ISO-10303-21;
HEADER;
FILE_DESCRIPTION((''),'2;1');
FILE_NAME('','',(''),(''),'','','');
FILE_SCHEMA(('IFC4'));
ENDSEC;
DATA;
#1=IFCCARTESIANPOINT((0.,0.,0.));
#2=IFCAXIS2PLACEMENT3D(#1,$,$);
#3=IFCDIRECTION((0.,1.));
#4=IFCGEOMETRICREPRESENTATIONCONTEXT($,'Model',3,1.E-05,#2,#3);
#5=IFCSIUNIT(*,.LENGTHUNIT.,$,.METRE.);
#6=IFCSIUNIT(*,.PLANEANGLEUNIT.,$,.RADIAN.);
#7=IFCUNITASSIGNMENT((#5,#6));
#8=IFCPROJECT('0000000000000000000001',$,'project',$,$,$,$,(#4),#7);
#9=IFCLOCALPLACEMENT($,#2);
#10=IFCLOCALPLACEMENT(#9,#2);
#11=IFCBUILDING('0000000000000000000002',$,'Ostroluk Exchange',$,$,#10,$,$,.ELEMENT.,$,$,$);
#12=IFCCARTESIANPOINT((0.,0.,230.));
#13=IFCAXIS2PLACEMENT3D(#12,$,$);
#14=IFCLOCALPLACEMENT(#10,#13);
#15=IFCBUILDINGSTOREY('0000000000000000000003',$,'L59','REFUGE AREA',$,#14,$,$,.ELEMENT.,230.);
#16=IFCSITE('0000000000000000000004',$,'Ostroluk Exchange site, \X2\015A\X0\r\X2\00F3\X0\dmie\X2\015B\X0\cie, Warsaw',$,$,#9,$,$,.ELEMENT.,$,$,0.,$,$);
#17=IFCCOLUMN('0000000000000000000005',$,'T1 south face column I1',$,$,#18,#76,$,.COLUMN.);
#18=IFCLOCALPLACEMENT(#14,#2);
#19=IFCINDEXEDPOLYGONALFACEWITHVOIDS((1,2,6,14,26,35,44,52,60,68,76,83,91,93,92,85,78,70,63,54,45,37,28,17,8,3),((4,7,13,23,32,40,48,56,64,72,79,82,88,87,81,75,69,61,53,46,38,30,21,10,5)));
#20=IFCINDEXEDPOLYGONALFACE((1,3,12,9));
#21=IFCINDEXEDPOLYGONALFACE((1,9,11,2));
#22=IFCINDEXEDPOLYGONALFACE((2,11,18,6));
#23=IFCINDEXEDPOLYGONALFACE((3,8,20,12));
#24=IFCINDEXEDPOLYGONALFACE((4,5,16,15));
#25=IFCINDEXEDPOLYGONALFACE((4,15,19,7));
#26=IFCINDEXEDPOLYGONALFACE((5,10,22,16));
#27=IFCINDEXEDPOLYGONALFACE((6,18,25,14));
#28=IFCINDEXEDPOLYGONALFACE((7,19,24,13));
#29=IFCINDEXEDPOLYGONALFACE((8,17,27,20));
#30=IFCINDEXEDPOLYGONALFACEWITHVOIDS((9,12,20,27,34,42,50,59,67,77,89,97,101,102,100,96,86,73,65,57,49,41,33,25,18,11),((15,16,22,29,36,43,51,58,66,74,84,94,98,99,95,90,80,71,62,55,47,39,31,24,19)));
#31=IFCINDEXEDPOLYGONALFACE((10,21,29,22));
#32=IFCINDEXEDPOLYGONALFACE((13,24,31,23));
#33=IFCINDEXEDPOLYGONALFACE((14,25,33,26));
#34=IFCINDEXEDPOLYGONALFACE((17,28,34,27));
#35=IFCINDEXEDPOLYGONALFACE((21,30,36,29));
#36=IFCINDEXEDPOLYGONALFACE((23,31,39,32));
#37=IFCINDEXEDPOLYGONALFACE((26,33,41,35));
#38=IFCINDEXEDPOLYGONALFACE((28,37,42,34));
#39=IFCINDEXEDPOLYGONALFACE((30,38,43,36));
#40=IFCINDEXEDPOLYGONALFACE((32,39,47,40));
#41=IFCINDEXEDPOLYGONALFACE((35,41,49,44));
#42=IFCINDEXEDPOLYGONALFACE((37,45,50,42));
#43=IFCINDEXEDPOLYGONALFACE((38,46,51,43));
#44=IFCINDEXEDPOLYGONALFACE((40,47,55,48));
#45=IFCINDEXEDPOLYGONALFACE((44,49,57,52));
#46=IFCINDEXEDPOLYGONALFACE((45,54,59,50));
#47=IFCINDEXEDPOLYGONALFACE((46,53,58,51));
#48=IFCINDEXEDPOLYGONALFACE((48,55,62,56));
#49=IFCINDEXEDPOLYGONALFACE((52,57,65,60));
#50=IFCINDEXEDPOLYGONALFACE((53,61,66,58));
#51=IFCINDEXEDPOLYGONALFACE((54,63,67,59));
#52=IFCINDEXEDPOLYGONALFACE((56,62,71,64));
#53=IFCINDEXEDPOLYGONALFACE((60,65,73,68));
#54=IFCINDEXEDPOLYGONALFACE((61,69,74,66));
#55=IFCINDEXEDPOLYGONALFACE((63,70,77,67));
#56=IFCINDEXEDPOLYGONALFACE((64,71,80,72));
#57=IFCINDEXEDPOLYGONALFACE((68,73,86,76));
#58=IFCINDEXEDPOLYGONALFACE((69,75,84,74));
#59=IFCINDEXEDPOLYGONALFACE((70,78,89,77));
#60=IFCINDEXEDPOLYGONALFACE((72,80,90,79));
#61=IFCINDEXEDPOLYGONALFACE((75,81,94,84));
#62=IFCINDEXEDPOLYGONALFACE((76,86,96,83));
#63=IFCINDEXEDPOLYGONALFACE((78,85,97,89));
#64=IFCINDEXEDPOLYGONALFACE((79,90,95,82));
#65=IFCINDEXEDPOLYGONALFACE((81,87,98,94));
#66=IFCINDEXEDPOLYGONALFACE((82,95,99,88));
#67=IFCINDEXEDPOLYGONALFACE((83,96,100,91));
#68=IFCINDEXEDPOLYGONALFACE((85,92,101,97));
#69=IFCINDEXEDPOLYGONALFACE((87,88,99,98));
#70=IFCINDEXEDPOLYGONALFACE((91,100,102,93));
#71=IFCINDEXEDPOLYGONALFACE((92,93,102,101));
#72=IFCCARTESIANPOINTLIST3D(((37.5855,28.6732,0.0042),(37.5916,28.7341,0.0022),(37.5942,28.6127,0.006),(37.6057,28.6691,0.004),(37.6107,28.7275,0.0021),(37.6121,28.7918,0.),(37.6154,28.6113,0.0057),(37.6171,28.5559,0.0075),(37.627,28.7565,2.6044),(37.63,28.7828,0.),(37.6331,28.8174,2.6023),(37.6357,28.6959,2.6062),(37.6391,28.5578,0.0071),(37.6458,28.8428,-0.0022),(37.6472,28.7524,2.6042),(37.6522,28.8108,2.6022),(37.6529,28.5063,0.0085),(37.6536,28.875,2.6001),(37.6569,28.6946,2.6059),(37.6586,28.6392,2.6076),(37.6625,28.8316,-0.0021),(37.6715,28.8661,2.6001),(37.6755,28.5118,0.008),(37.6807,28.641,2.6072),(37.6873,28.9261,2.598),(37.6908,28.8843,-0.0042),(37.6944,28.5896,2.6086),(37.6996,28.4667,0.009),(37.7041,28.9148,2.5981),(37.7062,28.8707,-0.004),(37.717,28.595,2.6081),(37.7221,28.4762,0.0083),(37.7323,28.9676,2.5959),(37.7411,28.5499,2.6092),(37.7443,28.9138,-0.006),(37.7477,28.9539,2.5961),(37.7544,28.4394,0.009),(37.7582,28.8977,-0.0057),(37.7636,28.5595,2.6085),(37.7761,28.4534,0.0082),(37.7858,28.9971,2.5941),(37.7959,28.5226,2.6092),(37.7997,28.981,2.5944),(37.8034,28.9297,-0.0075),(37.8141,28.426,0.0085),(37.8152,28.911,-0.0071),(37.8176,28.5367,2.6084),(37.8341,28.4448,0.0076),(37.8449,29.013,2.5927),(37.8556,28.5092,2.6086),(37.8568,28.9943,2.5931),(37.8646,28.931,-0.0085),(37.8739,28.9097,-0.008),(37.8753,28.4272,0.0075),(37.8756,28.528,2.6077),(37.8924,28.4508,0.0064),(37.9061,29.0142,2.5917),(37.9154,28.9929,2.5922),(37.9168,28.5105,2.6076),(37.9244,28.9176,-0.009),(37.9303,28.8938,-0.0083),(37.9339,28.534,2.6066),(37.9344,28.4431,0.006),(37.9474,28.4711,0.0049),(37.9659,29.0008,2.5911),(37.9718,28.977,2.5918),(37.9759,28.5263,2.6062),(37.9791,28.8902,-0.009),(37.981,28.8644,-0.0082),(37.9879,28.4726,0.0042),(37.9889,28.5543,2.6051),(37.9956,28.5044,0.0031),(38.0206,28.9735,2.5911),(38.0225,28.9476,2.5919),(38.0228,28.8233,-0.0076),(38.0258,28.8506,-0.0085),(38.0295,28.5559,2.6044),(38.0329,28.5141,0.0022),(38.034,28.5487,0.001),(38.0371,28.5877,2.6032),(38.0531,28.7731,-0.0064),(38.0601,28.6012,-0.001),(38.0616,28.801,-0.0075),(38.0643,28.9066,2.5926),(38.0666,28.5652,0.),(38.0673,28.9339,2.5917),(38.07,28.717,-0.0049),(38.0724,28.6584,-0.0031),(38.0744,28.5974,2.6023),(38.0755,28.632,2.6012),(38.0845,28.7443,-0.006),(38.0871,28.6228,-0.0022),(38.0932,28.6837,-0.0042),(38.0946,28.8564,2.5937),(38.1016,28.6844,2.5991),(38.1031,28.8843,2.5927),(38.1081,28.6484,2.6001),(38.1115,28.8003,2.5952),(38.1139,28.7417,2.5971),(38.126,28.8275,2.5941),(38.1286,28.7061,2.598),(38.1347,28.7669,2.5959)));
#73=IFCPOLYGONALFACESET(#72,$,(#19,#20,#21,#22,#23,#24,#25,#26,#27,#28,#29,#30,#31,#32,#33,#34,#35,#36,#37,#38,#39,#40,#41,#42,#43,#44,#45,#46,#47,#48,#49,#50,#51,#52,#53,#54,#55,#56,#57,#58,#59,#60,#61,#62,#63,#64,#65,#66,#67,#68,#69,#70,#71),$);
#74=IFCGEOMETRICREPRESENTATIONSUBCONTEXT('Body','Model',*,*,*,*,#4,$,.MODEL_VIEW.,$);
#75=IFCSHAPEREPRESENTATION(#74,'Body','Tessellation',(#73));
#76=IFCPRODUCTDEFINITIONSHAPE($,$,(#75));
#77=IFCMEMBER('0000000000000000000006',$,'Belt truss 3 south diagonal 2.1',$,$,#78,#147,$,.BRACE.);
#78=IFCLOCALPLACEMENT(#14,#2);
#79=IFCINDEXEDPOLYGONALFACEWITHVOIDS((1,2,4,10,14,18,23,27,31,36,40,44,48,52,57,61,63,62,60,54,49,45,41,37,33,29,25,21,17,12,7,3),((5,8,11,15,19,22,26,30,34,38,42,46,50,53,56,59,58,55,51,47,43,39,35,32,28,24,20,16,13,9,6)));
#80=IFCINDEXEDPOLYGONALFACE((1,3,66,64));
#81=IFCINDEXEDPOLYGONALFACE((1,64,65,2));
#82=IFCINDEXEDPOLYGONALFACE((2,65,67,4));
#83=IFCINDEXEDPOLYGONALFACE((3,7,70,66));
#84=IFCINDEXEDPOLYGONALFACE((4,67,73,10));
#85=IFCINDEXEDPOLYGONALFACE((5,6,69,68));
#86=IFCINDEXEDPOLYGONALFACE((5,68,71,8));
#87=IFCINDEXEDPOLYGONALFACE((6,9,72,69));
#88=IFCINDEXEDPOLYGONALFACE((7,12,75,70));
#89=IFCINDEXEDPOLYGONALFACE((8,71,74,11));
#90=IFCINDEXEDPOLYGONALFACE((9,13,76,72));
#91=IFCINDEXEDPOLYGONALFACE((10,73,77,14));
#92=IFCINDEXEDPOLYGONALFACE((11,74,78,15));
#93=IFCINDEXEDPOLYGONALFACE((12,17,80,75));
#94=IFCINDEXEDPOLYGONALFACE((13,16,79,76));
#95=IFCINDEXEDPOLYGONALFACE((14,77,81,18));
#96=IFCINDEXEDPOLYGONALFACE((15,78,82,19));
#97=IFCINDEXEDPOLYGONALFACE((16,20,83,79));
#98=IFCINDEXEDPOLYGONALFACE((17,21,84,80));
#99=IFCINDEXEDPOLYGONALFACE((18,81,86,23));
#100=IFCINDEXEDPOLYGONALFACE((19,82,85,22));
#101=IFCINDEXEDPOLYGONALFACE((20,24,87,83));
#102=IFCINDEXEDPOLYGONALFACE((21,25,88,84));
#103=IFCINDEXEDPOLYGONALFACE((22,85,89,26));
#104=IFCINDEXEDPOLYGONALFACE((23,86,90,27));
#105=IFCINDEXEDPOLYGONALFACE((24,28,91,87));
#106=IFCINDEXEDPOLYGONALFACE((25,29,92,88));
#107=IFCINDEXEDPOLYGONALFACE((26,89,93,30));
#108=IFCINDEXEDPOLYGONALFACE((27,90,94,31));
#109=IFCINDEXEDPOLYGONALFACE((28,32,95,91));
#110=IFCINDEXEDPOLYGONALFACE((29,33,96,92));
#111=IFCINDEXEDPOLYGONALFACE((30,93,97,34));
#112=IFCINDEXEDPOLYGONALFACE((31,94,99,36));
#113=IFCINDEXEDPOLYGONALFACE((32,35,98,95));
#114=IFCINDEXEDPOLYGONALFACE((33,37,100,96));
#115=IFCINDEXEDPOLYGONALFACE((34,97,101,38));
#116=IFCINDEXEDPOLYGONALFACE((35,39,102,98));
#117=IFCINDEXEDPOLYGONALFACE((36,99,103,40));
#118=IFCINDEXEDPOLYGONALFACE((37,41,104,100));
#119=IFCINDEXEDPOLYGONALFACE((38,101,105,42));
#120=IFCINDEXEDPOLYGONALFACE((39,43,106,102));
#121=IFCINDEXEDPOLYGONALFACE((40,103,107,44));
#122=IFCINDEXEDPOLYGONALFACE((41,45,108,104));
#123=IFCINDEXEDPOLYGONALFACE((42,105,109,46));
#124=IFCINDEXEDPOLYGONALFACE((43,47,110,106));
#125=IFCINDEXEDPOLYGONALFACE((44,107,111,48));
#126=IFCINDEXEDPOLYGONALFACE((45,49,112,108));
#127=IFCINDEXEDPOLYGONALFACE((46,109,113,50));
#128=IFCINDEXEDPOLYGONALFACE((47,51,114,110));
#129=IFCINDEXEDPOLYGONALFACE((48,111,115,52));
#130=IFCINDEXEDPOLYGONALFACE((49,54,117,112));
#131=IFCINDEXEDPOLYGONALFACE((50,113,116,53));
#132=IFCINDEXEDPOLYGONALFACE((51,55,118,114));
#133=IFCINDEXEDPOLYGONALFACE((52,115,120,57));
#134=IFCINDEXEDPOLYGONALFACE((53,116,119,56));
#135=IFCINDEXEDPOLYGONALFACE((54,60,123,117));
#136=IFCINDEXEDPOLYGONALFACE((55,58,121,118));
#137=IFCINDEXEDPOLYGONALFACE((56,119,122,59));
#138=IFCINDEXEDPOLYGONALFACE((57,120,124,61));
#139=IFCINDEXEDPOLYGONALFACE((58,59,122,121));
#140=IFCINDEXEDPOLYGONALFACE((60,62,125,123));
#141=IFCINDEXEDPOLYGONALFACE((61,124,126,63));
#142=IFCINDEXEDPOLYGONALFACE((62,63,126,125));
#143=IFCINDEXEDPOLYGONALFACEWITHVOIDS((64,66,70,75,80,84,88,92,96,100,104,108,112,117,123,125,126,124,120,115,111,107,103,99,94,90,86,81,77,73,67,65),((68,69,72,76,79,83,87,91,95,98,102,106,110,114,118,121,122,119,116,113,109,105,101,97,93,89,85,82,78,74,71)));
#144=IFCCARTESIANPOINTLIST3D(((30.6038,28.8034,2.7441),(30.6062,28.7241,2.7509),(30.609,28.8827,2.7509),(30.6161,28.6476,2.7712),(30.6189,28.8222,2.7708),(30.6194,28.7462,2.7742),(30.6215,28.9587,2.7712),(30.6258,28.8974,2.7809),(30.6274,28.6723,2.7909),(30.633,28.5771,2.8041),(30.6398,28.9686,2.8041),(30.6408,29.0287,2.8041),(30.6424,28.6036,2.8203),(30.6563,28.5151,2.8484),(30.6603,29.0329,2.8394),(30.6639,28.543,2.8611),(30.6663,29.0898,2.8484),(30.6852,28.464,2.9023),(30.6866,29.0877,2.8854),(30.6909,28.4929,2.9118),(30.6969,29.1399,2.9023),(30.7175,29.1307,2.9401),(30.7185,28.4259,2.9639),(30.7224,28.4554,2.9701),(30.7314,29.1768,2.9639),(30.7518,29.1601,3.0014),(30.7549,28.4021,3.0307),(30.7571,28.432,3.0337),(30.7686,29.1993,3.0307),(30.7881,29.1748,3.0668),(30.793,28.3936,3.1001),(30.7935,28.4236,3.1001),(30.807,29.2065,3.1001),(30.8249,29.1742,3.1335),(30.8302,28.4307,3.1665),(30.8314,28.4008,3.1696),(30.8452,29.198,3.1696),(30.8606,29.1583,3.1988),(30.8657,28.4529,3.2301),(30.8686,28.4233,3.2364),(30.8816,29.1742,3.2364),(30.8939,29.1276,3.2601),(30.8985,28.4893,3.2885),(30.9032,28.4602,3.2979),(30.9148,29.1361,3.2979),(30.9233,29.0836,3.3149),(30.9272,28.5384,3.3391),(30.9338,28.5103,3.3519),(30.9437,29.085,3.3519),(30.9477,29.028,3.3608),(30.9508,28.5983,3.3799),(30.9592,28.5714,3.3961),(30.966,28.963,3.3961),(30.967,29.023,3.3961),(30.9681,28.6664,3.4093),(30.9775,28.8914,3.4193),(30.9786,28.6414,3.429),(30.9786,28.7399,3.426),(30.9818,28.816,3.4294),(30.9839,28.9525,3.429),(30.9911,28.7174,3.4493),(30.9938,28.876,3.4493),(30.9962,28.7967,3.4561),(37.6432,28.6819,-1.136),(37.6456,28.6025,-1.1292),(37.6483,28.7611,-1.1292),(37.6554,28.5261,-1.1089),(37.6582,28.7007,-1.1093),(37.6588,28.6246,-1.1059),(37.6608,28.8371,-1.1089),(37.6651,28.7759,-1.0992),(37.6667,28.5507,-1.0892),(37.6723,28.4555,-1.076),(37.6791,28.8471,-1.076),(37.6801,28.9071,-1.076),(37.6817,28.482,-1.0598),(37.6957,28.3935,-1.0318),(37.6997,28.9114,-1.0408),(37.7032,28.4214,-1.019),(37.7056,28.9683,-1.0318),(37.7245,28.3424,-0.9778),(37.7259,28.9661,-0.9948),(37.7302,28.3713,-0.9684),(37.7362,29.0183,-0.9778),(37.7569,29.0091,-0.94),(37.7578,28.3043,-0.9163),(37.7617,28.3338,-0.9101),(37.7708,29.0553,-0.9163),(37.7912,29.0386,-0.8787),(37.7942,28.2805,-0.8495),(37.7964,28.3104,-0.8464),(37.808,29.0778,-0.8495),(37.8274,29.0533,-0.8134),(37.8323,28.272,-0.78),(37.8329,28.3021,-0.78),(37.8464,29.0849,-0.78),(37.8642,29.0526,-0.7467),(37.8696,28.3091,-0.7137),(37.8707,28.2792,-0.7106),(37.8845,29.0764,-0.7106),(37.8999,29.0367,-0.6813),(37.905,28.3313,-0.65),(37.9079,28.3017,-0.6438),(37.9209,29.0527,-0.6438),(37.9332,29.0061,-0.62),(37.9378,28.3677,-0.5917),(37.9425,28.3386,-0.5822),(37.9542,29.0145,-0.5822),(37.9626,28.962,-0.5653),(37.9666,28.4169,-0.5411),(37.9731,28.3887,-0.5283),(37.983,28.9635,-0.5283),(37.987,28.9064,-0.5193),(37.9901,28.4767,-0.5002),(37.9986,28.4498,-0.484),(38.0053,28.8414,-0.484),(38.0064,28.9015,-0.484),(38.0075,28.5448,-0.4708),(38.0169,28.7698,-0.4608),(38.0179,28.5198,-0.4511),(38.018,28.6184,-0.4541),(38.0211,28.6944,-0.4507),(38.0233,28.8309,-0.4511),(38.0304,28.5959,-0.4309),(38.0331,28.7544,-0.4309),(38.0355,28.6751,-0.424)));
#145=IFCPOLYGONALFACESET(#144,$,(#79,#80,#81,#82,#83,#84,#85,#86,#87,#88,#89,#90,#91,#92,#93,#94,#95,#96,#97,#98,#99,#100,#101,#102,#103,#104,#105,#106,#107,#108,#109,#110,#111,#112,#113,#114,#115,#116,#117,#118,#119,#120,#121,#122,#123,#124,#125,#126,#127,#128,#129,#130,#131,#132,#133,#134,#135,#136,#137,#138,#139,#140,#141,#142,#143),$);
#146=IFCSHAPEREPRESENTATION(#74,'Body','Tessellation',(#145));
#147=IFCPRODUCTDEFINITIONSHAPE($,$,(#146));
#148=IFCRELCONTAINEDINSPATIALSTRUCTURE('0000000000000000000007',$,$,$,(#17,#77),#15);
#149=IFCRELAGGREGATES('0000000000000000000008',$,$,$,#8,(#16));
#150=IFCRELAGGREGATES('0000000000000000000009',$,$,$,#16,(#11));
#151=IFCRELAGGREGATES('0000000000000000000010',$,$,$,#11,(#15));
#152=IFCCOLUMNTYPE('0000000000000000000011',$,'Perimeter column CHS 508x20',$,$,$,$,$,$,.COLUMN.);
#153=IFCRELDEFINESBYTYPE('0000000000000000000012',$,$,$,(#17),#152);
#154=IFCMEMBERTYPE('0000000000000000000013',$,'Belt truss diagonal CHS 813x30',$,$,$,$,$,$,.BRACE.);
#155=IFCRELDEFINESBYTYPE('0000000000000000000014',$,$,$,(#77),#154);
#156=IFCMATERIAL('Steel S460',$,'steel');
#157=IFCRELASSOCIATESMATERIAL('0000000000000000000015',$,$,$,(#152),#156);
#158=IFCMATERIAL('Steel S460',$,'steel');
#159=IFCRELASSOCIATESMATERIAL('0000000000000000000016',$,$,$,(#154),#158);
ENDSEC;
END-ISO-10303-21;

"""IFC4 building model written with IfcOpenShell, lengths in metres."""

from ifc_helpers import new_model, si_unit, direction, frame, origin, origin_2d, place, context, subcontext, project, spatial, hollow_circle, extrude, material, material_profile, profile_set, type_object, element, save


model = new_model("IFC4")

# Units and contexts
model_context = context("Model", 3, precision=1e-05, world=origin(), true_north=direction((0.0, 1.0)))
body_context = subcontext(model_context, "Body", "Model", "MODEL_VIEW")
ifc_project = project(units=[si_unit("LENGTHUNIT", "METRE"), si_unit("PLANEANGLEUNIT", "RADIAN")], contexts=[model_context])

# Site, building, storey
site_placement = place(None, origin())
site = spatial("IfcSite", under=ifc_project, at=site_placement, Name="Ostroluk Exchange site, Śródmieście, Warsaw", CompositionType="ELEMENT", RefElevation=0.0)
building_placement = place(site_placement, origin())
building = spatial("IfcBuilding", under=site, at=building_placement, Name="Ostroluk Exchange", CompositionType="ELEMENT")
storey_placement = place(building_placement, frame((0.0, 0.0, 230.0)))
storey = spatial("IfcBuildingStorey", under=building, at=storey_placement, Name="L59", Description="REFUGE AREA", CompositionType="ELEMENT", Elevation=230.0)

# Column
ifc_material_1 = material(Name="Steel S460", Category="steel")
ifc_material_profile_1 = material_profile(ifc_material_1, hollow_circle(Radius=0.2539, WallThickness=0.02, at=origin_2d()), Name="CHS 508x20")
ifc_profile_set_1 = profile_set([ifc_material_profile_1], Name="Steel S460")
column_type = type_object("IfcColumnType", Name="Perimeter column CHS 508x20", PredefinedType="COLUMN", material=ifc_profile_set_1)
column_placement = place(storey_placement, frame((37.8394, 28.6785, 0.0), z_axis=(0.015952, 0.031998, 0.999361), x_axis=(-0.894951, 0.446163, 0.0)))
element("IfcColumn", 1, at=column_placement, inside=storey, type_object=column_type, Name="T1 south face column I1", PredefinedType="COLUMN", context=body_context, shape_type="SweptSolid", body=[
    extrude(hollow_circle(Radius=0.2539, WallThickness=0.02, at=origin_2d()), origin(), (0.0, 0.0, 1.0), 2.6018),
])

# Member
ifc_material_2 = material(Name="Steel S460", Category="steel")
ifc_material_profile_2 = material_profile(ifc_material_2, hollow_circle(Radius=0.4065, WallThickness=0.03, at=origin_2d()), Name="CHS 813x30")
ifc_profile_set_2 = profile_set([ifc_material_profile_2], Name="Steel S460")
member_type_1 = type_object("IfcMemberType", Name="Belt truss diagonal CHS 813x30", PredefinedType="BRACE", material=ifc_profile_set_2)
member_1_placement = place(storey_placement, frame((37.8394, 28.6785, -0.78), z_axis=(-0.875668, 0.015124, 0.482676), x_axis=(-0.017269, -0.999851, 0.0)))
element("IfcMember", 2, at=member_1_placement, inside=storey, type_object=member_type_1, Name="Belt truss 3 south diagonal 2.1", PredefinedType="BRACE", context=body_context, shape_type="SweptSolid", body=[
    extrude(hollow_circle(Radius=0.4065, WallThickness=0.03, at=origin_2d()), origin(), (0.0, 0.0, 1.0), 8.0388),
])

save(model, "model.ifc")
